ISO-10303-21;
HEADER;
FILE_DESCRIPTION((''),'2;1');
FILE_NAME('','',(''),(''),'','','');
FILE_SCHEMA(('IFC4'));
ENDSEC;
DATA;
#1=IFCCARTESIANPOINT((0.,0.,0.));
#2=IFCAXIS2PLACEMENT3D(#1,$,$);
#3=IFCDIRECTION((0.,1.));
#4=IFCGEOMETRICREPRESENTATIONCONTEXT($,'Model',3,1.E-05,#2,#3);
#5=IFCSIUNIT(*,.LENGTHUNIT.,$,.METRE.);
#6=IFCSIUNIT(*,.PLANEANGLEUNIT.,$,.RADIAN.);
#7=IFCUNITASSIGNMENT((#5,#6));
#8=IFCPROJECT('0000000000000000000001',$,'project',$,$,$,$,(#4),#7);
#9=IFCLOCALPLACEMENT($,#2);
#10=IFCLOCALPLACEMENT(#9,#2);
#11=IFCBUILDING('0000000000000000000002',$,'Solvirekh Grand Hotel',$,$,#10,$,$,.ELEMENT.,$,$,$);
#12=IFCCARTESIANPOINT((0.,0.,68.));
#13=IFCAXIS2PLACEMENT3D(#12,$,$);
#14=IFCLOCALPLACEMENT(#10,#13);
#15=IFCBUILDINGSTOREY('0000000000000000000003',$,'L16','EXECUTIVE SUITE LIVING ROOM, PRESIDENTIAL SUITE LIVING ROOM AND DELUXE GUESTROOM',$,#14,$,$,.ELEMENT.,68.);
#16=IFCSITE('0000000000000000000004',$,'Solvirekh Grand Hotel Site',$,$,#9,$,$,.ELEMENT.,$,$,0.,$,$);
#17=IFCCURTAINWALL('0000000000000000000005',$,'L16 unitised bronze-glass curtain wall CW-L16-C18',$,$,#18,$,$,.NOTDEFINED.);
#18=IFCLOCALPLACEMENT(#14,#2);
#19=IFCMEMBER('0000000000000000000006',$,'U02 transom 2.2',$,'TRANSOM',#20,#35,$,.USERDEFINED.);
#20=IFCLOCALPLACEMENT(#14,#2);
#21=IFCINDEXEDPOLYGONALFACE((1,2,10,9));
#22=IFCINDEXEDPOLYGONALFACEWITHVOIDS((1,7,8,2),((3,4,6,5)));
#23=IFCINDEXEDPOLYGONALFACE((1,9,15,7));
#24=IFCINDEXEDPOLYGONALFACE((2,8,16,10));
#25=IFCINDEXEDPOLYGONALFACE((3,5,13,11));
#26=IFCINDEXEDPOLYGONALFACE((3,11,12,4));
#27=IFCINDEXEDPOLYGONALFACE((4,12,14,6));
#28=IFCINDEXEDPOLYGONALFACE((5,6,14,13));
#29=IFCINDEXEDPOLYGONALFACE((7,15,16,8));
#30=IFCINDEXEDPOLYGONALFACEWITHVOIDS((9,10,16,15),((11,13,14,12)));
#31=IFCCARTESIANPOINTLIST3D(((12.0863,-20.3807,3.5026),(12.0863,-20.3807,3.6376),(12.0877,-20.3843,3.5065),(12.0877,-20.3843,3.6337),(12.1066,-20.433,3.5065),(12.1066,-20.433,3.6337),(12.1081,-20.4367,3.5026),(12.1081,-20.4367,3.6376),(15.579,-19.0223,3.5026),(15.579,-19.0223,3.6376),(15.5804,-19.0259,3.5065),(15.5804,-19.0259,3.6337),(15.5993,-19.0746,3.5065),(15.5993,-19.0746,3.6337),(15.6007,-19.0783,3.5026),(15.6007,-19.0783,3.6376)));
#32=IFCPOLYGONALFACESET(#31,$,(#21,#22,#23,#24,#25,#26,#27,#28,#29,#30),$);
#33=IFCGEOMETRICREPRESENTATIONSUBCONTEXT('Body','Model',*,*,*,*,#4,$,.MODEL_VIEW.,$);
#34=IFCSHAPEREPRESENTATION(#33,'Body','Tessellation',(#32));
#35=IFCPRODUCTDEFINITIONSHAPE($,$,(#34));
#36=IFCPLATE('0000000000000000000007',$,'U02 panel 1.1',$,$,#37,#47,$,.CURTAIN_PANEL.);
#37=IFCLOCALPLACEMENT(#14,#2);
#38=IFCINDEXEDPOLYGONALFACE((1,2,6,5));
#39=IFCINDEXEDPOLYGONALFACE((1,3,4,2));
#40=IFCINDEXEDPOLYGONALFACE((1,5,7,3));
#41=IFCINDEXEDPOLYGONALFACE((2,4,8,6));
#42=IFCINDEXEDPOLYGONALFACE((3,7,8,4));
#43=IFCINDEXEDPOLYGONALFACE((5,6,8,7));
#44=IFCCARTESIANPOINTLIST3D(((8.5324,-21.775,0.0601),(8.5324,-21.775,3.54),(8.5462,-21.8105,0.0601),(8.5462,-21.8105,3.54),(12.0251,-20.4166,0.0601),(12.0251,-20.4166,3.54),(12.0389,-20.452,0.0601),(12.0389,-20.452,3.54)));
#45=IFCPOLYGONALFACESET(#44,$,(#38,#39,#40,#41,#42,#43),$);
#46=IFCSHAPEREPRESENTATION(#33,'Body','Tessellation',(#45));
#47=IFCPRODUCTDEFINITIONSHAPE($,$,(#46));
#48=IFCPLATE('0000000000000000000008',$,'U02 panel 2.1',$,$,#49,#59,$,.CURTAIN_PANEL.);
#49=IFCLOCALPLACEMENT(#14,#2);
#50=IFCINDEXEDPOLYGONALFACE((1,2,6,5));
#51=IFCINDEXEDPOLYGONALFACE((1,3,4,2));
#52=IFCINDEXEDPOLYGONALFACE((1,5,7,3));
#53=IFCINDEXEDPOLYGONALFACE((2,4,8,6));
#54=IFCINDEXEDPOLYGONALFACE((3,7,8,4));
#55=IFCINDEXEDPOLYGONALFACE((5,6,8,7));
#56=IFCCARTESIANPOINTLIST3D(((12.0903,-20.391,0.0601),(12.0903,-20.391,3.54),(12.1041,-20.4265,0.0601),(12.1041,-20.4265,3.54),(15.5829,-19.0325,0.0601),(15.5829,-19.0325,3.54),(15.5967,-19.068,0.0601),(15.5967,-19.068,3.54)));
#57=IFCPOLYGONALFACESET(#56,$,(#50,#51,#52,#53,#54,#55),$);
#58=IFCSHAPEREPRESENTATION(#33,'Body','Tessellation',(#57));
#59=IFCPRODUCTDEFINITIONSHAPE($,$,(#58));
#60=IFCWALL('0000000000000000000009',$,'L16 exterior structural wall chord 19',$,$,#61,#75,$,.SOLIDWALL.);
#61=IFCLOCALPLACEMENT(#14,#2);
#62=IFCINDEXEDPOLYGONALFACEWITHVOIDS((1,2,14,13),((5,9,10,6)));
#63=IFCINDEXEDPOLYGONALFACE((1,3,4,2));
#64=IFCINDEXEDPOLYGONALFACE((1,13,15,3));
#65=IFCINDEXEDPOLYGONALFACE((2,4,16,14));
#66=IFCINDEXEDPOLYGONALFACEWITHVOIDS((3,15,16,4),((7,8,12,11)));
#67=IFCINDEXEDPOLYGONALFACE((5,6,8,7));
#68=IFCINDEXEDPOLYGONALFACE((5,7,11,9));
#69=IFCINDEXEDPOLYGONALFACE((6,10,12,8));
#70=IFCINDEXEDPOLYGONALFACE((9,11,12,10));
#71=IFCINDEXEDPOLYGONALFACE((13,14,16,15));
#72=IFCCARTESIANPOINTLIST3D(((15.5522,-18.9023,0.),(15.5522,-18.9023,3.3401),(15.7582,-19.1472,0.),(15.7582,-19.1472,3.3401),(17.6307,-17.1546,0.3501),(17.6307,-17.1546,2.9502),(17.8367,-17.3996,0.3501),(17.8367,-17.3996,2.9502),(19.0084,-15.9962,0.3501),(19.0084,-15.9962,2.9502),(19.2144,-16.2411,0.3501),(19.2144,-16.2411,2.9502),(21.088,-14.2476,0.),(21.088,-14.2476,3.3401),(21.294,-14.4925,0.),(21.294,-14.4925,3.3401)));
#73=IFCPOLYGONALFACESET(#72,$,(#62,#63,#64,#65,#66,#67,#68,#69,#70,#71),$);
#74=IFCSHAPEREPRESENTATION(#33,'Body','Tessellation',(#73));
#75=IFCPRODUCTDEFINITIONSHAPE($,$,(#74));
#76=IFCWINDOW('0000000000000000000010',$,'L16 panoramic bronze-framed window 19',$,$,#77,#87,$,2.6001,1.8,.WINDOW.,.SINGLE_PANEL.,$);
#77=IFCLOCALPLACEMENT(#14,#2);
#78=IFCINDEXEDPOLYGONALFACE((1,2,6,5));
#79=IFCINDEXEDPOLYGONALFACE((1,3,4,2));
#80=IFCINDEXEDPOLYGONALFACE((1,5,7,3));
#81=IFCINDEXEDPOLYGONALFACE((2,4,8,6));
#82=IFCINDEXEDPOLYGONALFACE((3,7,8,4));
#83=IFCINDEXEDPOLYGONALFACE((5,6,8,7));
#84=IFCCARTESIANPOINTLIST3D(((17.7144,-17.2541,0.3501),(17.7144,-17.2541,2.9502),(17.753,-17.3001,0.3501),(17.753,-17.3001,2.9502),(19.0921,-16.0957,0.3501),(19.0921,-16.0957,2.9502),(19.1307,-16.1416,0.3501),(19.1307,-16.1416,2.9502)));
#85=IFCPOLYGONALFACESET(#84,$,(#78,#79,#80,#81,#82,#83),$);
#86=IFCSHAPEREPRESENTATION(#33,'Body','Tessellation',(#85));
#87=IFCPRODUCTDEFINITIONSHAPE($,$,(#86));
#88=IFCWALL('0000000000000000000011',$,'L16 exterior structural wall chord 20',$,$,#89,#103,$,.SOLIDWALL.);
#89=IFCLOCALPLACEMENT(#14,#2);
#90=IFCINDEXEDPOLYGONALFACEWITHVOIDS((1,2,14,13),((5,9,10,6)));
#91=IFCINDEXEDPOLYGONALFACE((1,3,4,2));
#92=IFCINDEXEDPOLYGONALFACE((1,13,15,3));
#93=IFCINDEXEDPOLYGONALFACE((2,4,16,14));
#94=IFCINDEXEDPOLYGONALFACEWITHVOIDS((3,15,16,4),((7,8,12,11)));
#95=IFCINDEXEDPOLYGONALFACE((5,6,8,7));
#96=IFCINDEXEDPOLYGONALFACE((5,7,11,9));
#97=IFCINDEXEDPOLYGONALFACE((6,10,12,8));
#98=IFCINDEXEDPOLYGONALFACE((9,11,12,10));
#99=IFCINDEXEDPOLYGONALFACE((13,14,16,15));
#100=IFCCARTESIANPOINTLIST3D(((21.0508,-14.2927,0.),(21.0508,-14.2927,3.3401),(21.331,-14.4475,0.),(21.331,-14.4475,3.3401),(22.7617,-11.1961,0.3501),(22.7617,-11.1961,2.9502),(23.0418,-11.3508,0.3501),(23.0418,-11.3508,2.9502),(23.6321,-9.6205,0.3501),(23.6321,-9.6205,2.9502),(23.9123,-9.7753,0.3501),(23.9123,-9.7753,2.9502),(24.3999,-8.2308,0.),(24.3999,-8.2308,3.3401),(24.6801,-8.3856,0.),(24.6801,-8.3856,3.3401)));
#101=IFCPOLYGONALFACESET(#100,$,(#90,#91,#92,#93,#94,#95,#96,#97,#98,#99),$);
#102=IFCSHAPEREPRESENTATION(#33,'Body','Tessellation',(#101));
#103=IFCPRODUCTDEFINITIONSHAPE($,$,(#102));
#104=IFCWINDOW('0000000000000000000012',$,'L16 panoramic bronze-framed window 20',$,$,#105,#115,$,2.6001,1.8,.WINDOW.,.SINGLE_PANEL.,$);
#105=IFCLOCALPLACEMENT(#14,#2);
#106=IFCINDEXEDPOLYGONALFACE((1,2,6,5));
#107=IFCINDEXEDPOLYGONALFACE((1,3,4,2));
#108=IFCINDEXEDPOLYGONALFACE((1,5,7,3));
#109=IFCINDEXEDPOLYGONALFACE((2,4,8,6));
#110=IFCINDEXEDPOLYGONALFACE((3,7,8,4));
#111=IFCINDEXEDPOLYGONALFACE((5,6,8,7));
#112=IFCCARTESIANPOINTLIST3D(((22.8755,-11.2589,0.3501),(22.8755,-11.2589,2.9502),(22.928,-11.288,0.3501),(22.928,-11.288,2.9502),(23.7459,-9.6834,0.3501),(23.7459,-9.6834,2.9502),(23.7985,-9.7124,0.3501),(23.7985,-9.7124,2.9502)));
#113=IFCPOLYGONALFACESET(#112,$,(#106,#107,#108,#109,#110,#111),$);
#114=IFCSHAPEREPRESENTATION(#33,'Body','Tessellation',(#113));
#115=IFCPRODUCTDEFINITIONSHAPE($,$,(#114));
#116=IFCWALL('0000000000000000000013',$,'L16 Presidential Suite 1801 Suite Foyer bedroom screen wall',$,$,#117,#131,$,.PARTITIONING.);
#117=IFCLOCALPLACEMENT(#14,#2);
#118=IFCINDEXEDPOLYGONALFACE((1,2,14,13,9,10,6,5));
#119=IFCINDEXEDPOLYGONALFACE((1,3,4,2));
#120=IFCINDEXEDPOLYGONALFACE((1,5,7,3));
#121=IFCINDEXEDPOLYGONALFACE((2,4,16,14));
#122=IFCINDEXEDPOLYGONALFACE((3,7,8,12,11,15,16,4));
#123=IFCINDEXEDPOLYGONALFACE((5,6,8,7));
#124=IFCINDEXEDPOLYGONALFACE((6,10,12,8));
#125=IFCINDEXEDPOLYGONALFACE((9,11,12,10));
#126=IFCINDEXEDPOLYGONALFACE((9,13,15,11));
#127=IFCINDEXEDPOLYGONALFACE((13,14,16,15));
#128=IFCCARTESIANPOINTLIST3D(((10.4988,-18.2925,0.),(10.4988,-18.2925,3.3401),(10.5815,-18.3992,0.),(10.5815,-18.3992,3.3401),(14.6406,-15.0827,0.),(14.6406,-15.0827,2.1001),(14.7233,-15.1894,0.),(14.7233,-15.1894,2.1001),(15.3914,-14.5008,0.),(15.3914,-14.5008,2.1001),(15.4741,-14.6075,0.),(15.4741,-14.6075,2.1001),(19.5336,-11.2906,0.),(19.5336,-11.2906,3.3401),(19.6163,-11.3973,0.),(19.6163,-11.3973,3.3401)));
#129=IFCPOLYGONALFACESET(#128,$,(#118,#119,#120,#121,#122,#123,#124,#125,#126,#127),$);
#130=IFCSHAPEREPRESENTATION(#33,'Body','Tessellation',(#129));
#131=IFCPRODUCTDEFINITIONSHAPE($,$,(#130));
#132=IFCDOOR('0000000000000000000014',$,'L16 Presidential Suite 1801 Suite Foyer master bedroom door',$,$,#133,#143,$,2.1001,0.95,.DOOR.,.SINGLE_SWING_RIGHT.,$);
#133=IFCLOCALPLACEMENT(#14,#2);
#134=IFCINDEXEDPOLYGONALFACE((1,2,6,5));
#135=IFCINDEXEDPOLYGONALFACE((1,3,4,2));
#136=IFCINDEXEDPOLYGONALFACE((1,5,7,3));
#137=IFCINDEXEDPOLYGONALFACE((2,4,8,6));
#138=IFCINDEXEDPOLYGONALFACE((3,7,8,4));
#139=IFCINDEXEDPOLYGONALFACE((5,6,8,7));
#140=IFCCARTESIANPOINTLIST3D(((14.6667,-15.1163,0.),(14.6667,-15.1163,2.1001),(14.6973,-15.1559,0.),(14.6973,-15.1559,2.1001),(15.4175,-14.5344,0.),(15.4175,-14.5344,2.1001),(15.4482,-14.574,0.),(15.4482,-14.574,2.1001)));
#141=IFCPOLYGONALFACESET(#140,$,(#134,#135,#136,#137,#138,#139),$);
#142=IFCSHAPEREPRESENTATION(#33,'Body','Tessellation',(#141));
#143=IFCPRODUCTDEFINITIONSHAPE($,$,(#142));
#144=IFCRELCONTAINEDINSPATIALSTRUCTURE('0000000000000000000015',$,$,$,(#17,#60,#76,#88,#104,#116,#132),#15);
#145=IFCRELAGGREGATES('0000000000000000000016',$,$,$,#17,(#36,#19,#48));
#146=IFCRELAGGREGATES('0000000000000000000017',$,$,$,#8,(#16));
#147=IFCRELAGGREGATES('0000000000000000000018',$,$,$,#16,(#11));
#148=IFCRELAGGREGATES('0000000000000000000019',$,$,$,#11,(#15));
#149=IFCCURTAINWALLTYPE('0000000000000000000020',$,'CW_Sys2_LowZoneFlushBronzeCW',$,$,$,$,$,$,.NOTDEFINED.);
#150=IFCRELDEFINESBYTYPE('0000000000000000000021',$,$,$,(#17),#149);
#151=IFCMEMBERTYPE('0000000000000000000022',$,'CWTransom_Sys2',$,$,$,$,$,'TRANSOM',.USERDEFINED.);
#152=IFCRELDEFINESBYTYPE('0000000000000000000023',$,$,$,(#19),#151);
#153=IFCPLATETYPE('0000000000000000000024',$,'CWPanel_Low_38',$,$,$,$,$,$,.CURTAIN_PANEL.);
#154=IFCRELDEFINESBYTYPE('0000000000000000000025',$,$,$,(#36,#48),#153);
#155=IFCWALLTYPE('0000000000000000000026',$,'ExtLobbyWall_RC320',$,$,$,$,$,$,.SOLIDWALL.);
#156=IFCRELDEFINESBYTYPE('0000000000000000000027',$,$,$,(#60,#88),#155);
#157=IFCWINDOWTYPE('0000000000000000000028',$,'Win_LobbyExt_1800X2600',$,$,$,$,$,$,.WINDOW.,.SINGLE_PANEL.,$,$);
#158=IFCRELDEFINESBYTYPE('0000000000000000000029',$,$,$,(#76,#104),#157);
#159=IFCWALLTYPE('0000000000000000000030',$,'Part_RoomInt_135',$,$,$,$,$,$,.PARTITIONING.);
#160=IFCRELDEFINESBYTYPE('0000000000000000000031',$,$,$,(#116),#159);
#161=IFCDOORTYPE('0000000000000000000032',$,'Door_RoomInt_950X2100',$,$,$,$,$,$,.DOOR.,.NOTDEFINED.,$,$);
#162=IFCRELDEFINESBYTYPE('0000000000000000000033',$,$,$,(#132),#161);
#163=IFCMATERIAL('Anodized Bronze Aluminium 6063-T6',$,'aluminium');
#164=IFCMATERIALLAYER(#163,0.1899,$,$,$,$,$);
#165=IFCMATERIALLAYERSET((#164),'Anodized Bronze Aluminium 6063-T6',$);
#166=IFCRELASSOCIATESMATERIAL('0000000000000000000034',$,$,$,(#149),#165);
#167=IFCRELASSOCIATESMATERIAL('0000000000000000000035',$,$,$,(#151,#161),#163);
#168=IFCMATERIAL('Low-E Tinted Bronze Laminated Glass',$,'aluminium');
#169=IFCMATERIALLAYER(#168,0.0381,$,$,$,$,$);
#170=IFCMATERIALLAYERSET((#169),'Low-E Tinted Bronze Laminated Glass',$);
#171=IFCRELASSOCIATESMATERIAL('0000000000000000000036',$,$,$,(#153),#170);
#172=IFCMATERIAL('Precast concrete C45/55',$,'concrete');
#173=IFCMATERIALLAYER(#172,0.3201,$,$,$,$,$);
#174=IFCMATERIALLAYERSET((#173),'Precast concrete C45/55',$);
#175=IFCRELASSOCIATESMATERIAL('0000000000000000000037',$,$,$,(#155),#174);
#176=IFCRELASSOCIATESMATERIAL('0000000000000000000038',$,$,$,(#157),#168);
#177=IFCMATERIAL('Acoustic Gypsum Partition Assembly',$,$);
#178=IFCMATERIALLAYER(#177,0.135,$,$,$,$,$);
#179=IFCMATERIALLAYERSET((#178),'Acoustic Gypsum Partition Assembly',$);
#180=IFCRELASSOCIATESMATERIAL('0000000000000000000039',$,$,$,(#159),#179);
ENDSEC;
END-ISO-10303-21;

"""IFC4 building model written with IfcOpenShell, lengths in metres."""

from ifc_helpers import new_model, si_unit, direction, frame, frame_2d, origin, origin_2d, place, context, subcontext, project, spatial, rectangle, hollow_rectangle, extrude, source, transform, mapped, material, layer, layer_set, material_profile, profile_set, type_object, element, fill, aggregate, save


model = new_model("IFC4")

# Units and contexts
model_context = context("Model", 3, precision=1e-05, world=origin(), true_north=direction((0.0, 1.0)))
body_context = subcontext(model_context, "Body", "Model", "MODEL_VIEW")
ifc_project = project(units=[si_unit("LENGTHUNIT", "METRE"), si_unit("PLANEANGLEUNIT", "RADIAN")], contexts=[model_context])

# Site, building, storey
site_placement = place(None, origin())
site = spatial("IfcSite", under=ifc_project, at=site_placement, Name="Solvirekh Grand Hotel Site", CompositionType="ELEMENT", RefElevation=0.0)
building_placement = place(site_placement, origin())
building = spatial("IfcBuilding", under=site, at=building_placement, Name="Solvirekh Grand Hotel", CompositionType="ELEMENT")
storey_placement = place(building_placement, frame((0.0, 0.0, 68.0)))
storey = spatial("IfcBuildingStorey", under=building, at=storey_placement, Name="L16", Description="EXECUTIVE SUITE LIVING ROOM, PRESIDENTIAL SUITE LIVING ROOM AND DELUXE GUESTROOM", CompositionType="ELEMENT", Elevation=68.0)

# Shared definitions
ifc_material_1 = material(Name="Anodized Bronze Aluminium 6063-T6", Category="aluminium")
ifc_layer_1 = layer(ifc_material_1, 0.1899)
ifc_layer_set_1 = layer_set([ifc_layer_1], Name="Anodized Bronze Aluminium 6063-T6")
curtain_wall_type = type_object("IfcCurtainWallType", Name="CW_Sys2_LowZoneFlushBronzeCW", PredefinedType="NOTDEFINED", material=ifc_layer_set_1)

# Curtain wall, member, plates
curtain_wall_1_placement = place(storey_placement, origin())
curtain_wall_1 = element("IfcCurtainWall", 1, at=curtain_wall_1_placement, inside=storey, type_object=curtain_wall_type, Name="L16 unitised bronze-glass curtain wall CW-L16-C18", PredefinedType="NOTDEFINED")
ifc_material_profile_1 = material_profile(ifc_material_1, hollow_rectangle(XDim=0.0601, YDim=0.135, WallThickness=0.0039, at=origin_2d()), Name="ALU RHS 135X60X4")
ifc_profile_set_1 = profile_set([ifc_material_profile_1], Name="Anodized Bronze Aluminium 6063-T6")
member_type_1 = type_object("IfcMemberType", Name="CWTransom_Sys2", ElementType="TRANSOM", PredefinedType="USERDEFINED", material=ifc_profile_set_1)
shared_shape_1 = source(origin(), body_context, "Body", "SweptSolid", [
    extrude(hollow_rectangle(XDim=0.0601, YDim=0.135, WallThickness=0.0039, at=origin_2d()), origin(), (0.0, 0.0, 1.0), 3.7476),
])
member_1_placement = place(storey_placement, frame((12.0972, -20.4087, 3.5701), z_axis=(0.931992, 0.362478, 0.0), x_axis=(-0.362478, 0.931992, 0.0)))
member_1 = element("IfcMember", 2, at=member_1_placement, type_object=member_type_1, Name="U02 transom 2.2", ObjectType="TRANSOM", PredefinedType="USERDEFINED", context=body_context, shape_type="MappedRepresentation", body=[
    mapped(shared_shape_1, transform((0.0, 0.0, 0.0), x_axis=(1.0, 0.0, 0.0), y_axis=(0.0, 1.0, 0.0), z_axis=(0.0, 0.0, 1.0), scale=1.0)),
])
ifc_material_2 = material(Name="Low-E Tinted Bronze Laminated Glass", Category="aluminium")
ifc_layer_2 = layer(ifc_material_2, 0.0381)
ifc_layer_set_2 = layer_set([ifc_layer_2], Name="Low-E Tinted Bronze Laminated Glass")
plate_type = type_object("IfcPlateType", Name="CWPanel_Low_38", PredefinedType="CURTAIN_PANEL", material=ifc_layer_set_2)
shared_shape_2 = source(origin(), body_context, "Body", "SweptSolid", [
    extrude(rectangle(XDim=3.7476, YDim=0.0381, at=origin_2d()), origin(), (0.0, 0.0, 1.0), 3.48),
])
plate_1_placement = place(storey_placement, frame((10.2856, -21.1135, 0.0601), z_axis=(0.0, 0.0, 1.0), x_axis=(0.931988, 0.36249, 0.0)))
plate_1 = element("IfcPlate", 3, at=plate_1_placement, type_object=plate_type, Name="U02 panel 1.1", PredefinedType="CURTAIN_PANEL", context=body_context, shape_type="MappedRepresentation", body=[
    mapped(shared_shape_2, transform((0.0, 0.0, 0.0), x_axis=(1.0, 0.0, 0.0), y_axis=(0.0, 1.0, 0.0), z_axis=(0.0, 0.0, 1.0), scale=1.0)),
])
plate_2_placement = place(storey_placement, frame((13.8435, -19.7295, 0.0601), z_axis=(0.0, 0.0, 1.0), x_axis=(0.931988, 0.36249, 0.0)))
plate_2 = element("IfcPlate", 4, at=plate_2_placement, type_object=plate_type, Name="U02 panel 2.1", PredefinedType="CURTAIN_PANEL", context=body_context, shape_type="MappedRepresentation", body=[
    mapped(shared_shape_2, transform((0.0, 0.0, 0.0), x_axis=(1.0, 0.0, 0.0), y_axis=(0.0, 1.0, 0.0), z_axis=(0.0, 0.0, 1.0), scale=1.0)),
])
aggregate(curtain_wall_1, [plate_1, member_1, plate_2])

# Walls, openings, windows
ifc_material_3 = material(Name="Precast concrete C45/55", Category="concrete")
ifc_layer_3 = layer(ifc_material_3, 0.3201)
ifc_layer_set_3 = layer_set([ifc_layer_3], Name="Precast concrete C45/55")
wall_type_1 = type_object("IfcWallType", Name="ExtLobbyWall_RC320", PredefinedType="SOLIDWALL", material=ifc_layer_set_3)
wall_1_placement = place(storey_placement, frame((21.1909, -14.3701, 0.0), z_axis=(0.0, 0.0, 1.0), x_axis=(-0.765389, -0.643568, 0.0)))
wall_1 = element("IfcWall", 5, at=wall_1_placement, inside=storey, type_object=wall_type_1, Name="L16 exterior structural wall chord 19", PredefinedType="SOLIDWALL", context=body_context, shape_type="SweptSolid", body=[
    extrude(rectangle(XDim=7.2327, YDim=0.3201, at=frame_2d((3.6162, 0.0))), origin(), (0.0, 0.0, 1.0), 3.3401),
])
opening_1_placement = place(wall_1_placement, frame((2.717, 0.0, 0.3501)))
opening_1 = element("IfcOpeningElement", 6, at=opening_1_placement, cuts=wall_1, PredefinedType="OPENING", context=body_context, shape_type="SweptSolid", body=[
    extrude(rectangle(XDim=1.8, YDim=2.6001, at=frame_2d((0.8999, 1.3))), frame((0.0, 0.1699, 0.0), z_axis=(0.0, -1.0, 0.0), x_axis=(1.0, 0.0, 0.0)), (0.0, 0.0, 1.0), 0.3401),
])
window_type = type_object("IfcWindowType", Name="Win_LobbyExt_1800X2600", PartitioningType="SINGLE_PANEL", PredefinedType="WINDOW", material=ifc_material_2)
window_1_placement = place(opening_1_placement, origin())
window_1 = element("IfcWindow", 7, at=window_1_placement, inside=storey, type_object=window_type, Name="L16 panoramic bronze-framed window 19", OverallHeight=2.6001, OverallWidth=1.8, PartitioningType="SINGLE_PANEL", PredefinedType="WINDOW", context=body_context, shape_type="SweptSolid", body=[
    extrude(rectangle(XDim=1.8, YDim=2.6001, at=frame_2d((0.8999, 1.3))), frame((0.0, 0.03, 0.0), z_axis=(0.0, -1.0, 0.0), x_axis=(1.0, 0.0, 0.0)), (0.0, 0.0, 1.0), 0.0601),
])
fill(opening_1, window_1)
wall_2_placement = place(storey_placement, frame((24.54, -8.3081, 0.0), z_axis=(0.0, 0.0, 1.0), x_axis=(-0.483582, -0.875299, 0.0)))
wall_2 = element("IfcWall", 8, at=wall_2_placement, inside=storey, type_object=wall_type_1, Name="L16 exterior structural wall chord 20", PredefinedType="SOLIDWALL", context=body_context, shape_type="SweptSolid", body=[
    extrude(rectangle(XDim=6.9255, YDim=0.3201, at=frame_2d((3.4629, 0.0))), origin(), (0.0, 0.0, 1.0), 3.3401),
])
opening_2_placement = place(wall_2_placement, frame((1.5879, 0.0, 0.3501)))
opening_2 = element("IfcOpeningElement", 9, at=opening_2_placement, cuts=wall_2, PredefinedType="OPENING", context=body_context, shape_type="SweptSolid", body=[
    extrude(rectangle(XDim=1.8, YDim=2.6001, at=frame_2d((0.8999, 1.3))), frame((0.0, 0.1699, 0.0), z_axis=(0.0, -1.0, 0.0), x_axis=(1.0, 0.0, 0.0)), (0.0, 0.0, 1.0), 0.3401),
])
window_2_placement = place(opening_2_placement, origin())
window_2 = element("IfcWindow", 10, at=window_2_placement, inside=storey, type_object=window_type, Name="L16 panoramic bronze-framed window 20", OverallHeight=2.6001, OverallWidth=1.8, PartitioningType="SINGLE_PANEL", PredefinedType="WINDOW", context=body_context, shape_type="SweptSolid", body=[
    extrude(rectangle(XDim=1.8, YDim=2.6001, at=frame_2d((0.8999, 1.3))), frame((0.0, 0.03, 0.0), z_axis=(0.0, -1.0, 0.0), x_axis=(1.0, 0.0, 0.0)), (0.0, 0.0, 1.0), 0.0601),
])
fill(opening_2, window_2)

# Wall, opening, door
ifc_material_4 = material(Name="Acoustic Gypsum Partition Assembly")
ifc_layer_4 = layer(ifc_material_4, 0.135)
ifc_layer_set_4 = layer_set([ifc_layer_4], Name="Acoustic Gypsum Partition Assembly")
wall_type_2 = type_object("IfcWallType", Name="Part_RoomInt_135", PredefinedType="PARTITIONING", material=ifc_layer_set_4)
wall_3_placement = place(storey_placement, frame((10.54, -18.3459, 0.0), z_axis=(0.0, 0.0, 1.0), x_axis=(0.790419, 0.612566, 0.0)))
wall_3 = element("IfcWall", 11, at=wall_3_placement, inside=storey, type_object=wall_type_2, Name="L16 Presidential Suite 1801 Suite Foyer bedroom screen wall", PredefinedType="PARTITIONING", context=body_context, shape_type="SweptSolid", body=[
    extrude(rectangle(XDim=11.4304, YDim=0.135, at=frame_2d((5.7153, 0.0))), origin(), (0.0, 0.0, 1.0), 3.3401),
])
opening_3_placement = place(wall_3_placement, frame((5.24, 0.0, 0.0)))
opening_3 = element("IfcOpeningElement", 12, at=opening_3_placement, cuts=wall_3, PredefinedType="OPENING", context=body_context, shape_type="SweptSolid", body=[
    extrude(rectangle(XDim=0.95, YDim=2.1001, at=frame_2d((0.4751, 1.05))), frame((0.0, 0.0776, 0.0), z_axis=(0.0, -1.0, 0.0), x_axis=(1.0, 0.0, 0.0)), (0.0, 0.0, 1.0), 0.155),
])
door_type = type_object("IfcDoorType", Name="Door_RoomInt_950X2100", OperationType="NOTDEFINED", PredefinedType="DOOR", material=ifc_material_1)
door_1_placement = place(opening_3_placement, origin())
door_1 = element("IfcDoor", 13, at=door_1_placement, inside=storey, type_object=door_type, Name="L16 Presidential Suite 1801 Suite Foyer master bedroom door", OperationType="SINGLE_SWING_RIGHT", OverallHeight=2.1001, OverallWidth=0.95, PredefinedType="DOOR", context=body_context, shape_type="SweptSolid", body=[
    extrude(rectangle(XDim=0.95, YDim=2.1001, at=frame_2d((0.4751, 1.05))), frame((0.0, 0.0249, 0.0), z_axis=(0.0, -1.0, 0.0), x_axis=(1.0, 0.0, 0.0)), (0.0, 0.0, 1.0), 0.05),
])
fill(opening_3, door_1)

save(model, "model.ifc")
